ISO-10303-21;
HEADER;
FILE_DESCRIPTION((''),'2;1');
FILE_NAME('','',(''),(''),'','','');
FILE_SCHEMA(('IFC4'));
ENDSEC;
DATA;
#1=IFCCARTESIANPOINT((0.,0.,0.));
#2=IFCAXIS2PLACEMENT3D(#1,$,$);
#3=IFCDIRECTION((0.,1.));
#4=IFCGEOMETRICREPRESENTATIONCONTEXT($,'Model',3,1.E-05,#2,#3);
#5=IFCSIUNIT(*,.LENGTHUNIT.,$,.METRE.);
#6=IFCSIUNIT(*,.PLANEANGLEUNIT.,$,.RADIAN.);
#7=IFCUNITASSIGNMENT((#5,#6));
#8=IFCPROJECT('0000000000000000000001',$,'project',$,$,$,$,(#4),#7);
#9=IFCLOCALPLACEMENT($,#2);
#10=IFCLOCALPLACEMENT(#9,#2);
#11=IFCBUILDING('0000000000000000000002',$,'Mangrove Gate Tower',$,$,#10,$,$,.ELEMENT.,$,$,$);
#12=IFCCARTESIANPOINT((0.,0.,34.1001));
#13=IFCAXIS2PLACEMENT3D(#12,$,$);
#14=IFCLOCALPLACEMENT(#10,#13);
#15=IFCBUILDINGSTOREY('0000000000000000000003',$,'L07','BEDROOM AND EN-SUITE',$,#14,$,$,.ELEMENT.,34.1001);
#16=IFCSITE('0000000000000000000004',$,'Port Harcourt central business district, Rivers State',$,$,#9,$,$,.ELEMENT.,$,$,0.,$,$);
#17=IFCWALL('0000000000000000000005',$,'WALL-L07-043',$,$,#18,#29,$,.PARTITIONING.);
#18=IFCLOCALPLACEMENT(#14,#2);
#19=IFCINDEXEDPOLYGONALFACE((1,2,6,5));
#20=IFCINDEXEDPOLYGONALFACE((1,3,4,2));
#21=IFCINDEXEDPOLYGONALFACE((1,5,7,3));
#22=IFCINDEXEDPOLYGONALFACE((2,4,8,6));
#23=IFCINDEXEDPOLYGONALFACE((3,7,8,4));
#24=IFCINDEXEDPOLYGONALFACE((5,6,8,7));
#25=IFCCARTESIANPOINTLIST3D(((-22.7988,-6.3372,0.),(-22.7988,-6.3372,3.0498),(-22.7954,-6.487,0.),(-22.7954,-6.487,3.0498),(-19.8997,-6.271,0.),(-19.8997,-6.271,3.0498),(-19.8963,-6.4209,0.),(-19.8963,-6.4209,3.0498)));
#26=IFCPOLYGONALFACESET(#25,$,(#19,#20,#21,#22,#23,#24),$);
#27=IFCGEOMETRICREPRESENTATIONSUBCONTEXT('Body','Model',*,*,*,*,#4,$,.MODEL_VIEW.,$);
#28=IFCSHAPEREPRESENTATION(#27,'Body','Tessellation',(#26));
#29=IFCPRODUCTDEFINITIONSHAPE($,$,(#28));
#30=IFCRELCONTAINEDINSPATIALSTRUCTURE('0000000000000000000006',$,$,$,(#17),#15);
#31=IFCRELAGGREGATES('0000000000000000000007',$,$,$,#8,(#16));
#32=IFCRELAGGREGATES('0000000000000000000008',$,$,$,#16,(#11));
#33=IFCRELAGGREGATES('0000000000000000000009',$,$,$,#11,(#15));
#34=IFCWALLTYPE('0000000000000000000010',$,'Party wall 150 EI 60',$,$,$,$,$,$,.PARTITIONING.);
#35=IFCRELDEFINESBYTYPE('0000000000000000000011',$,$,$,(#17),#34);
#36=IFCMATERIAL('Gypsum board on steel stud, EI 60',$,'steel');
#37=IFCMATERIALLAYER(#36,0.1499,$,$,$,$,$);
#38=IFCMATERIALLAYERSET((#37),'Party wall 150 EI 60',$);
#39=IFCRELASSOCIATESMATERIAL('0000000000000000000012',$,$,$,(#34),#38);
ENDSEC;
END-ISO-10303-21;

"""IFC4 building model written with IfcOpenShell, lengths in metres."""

from ifc_helpers import new_model, si_unit, direction, frame, frame_2d, origin, place, context, subcontext, project, spatial, rectangle, extrude, material, layer, layer_set, type_object, element, save


model = new_model("IFC4")

# Units and contexts
model_context = context("Model", 3, precision=1e-05, world=origin(), true_north=direction((0.0, 1.0)))
body_context = subcontext(model_context, "Body", "Model", "MODEL_VIEW")
ifc_project = project(units=[si_unit("LENGTHUNIT", "METRE"), si_unit("PLANEANGLEUNIT", "RADIAN")], contexts=[model_context])

# Site, building, storey
site_placement = place(None, origin())
site = spatial("IfcSite", under=ifc_project, at=site_placement, Name="Port Harcourt central business district, Rivers State", CompositionType="ELEMENT", RefElevation=0.0)
building_placement = place(site_placement, origin())
building = spatial("IfcBuilding", under=site, at=building_placement, Name="Mangrove Gate Tower", CompositionType="ELEMENT")
storey_placement = place(building_placement, frame((0.0, 0.0, 34.1001)))
storey = spatial("IfcBuildingStorey", under=building, at=storey_placement, Name="L07", Description="BEDROOM AND EN-SUITE", CompositionType="ELEMENT", Elevation=34.1001)

# Wall
ifc_material_1 = material(Name="Gypsum board on steel stud, EI 60", Category="steel")
ifc_layer_1 = layer(ifc_material_1, 0.1499)
ifc_layer_set_1 = layer_set([ifc_layer_1], Name="Party wall 150 EI 60")
wall_type_1 = type_object("IfcWallType", Name="Party wall 150 EI 60", PredefinedType="PARTITIONING", material=ifc_layer_set_1)
wall_1_placement = place(storey_placement, frame((-22.7971, -6.4121, 0.0), z_axis=(0.0, 0.0, 1.0), x_axis=(0.99974, 0.022815, 0.0)))
element("IfcWall", 1, at=wall_1_placement, inside=storey, type_object=wall_type_1, Name="WALL-L07-043", PredefinedType="PARTITIONING", context=body_context, shape_type="SweptSolid", body=[
    extrude(rectangle(XDim=2.8999, YDim=0.1499, at=frame_2d((1.45, 0.0))), origin(), (0.0, 0.0, 1.0), 3.0498),
])

save(model, "model.ifc")
